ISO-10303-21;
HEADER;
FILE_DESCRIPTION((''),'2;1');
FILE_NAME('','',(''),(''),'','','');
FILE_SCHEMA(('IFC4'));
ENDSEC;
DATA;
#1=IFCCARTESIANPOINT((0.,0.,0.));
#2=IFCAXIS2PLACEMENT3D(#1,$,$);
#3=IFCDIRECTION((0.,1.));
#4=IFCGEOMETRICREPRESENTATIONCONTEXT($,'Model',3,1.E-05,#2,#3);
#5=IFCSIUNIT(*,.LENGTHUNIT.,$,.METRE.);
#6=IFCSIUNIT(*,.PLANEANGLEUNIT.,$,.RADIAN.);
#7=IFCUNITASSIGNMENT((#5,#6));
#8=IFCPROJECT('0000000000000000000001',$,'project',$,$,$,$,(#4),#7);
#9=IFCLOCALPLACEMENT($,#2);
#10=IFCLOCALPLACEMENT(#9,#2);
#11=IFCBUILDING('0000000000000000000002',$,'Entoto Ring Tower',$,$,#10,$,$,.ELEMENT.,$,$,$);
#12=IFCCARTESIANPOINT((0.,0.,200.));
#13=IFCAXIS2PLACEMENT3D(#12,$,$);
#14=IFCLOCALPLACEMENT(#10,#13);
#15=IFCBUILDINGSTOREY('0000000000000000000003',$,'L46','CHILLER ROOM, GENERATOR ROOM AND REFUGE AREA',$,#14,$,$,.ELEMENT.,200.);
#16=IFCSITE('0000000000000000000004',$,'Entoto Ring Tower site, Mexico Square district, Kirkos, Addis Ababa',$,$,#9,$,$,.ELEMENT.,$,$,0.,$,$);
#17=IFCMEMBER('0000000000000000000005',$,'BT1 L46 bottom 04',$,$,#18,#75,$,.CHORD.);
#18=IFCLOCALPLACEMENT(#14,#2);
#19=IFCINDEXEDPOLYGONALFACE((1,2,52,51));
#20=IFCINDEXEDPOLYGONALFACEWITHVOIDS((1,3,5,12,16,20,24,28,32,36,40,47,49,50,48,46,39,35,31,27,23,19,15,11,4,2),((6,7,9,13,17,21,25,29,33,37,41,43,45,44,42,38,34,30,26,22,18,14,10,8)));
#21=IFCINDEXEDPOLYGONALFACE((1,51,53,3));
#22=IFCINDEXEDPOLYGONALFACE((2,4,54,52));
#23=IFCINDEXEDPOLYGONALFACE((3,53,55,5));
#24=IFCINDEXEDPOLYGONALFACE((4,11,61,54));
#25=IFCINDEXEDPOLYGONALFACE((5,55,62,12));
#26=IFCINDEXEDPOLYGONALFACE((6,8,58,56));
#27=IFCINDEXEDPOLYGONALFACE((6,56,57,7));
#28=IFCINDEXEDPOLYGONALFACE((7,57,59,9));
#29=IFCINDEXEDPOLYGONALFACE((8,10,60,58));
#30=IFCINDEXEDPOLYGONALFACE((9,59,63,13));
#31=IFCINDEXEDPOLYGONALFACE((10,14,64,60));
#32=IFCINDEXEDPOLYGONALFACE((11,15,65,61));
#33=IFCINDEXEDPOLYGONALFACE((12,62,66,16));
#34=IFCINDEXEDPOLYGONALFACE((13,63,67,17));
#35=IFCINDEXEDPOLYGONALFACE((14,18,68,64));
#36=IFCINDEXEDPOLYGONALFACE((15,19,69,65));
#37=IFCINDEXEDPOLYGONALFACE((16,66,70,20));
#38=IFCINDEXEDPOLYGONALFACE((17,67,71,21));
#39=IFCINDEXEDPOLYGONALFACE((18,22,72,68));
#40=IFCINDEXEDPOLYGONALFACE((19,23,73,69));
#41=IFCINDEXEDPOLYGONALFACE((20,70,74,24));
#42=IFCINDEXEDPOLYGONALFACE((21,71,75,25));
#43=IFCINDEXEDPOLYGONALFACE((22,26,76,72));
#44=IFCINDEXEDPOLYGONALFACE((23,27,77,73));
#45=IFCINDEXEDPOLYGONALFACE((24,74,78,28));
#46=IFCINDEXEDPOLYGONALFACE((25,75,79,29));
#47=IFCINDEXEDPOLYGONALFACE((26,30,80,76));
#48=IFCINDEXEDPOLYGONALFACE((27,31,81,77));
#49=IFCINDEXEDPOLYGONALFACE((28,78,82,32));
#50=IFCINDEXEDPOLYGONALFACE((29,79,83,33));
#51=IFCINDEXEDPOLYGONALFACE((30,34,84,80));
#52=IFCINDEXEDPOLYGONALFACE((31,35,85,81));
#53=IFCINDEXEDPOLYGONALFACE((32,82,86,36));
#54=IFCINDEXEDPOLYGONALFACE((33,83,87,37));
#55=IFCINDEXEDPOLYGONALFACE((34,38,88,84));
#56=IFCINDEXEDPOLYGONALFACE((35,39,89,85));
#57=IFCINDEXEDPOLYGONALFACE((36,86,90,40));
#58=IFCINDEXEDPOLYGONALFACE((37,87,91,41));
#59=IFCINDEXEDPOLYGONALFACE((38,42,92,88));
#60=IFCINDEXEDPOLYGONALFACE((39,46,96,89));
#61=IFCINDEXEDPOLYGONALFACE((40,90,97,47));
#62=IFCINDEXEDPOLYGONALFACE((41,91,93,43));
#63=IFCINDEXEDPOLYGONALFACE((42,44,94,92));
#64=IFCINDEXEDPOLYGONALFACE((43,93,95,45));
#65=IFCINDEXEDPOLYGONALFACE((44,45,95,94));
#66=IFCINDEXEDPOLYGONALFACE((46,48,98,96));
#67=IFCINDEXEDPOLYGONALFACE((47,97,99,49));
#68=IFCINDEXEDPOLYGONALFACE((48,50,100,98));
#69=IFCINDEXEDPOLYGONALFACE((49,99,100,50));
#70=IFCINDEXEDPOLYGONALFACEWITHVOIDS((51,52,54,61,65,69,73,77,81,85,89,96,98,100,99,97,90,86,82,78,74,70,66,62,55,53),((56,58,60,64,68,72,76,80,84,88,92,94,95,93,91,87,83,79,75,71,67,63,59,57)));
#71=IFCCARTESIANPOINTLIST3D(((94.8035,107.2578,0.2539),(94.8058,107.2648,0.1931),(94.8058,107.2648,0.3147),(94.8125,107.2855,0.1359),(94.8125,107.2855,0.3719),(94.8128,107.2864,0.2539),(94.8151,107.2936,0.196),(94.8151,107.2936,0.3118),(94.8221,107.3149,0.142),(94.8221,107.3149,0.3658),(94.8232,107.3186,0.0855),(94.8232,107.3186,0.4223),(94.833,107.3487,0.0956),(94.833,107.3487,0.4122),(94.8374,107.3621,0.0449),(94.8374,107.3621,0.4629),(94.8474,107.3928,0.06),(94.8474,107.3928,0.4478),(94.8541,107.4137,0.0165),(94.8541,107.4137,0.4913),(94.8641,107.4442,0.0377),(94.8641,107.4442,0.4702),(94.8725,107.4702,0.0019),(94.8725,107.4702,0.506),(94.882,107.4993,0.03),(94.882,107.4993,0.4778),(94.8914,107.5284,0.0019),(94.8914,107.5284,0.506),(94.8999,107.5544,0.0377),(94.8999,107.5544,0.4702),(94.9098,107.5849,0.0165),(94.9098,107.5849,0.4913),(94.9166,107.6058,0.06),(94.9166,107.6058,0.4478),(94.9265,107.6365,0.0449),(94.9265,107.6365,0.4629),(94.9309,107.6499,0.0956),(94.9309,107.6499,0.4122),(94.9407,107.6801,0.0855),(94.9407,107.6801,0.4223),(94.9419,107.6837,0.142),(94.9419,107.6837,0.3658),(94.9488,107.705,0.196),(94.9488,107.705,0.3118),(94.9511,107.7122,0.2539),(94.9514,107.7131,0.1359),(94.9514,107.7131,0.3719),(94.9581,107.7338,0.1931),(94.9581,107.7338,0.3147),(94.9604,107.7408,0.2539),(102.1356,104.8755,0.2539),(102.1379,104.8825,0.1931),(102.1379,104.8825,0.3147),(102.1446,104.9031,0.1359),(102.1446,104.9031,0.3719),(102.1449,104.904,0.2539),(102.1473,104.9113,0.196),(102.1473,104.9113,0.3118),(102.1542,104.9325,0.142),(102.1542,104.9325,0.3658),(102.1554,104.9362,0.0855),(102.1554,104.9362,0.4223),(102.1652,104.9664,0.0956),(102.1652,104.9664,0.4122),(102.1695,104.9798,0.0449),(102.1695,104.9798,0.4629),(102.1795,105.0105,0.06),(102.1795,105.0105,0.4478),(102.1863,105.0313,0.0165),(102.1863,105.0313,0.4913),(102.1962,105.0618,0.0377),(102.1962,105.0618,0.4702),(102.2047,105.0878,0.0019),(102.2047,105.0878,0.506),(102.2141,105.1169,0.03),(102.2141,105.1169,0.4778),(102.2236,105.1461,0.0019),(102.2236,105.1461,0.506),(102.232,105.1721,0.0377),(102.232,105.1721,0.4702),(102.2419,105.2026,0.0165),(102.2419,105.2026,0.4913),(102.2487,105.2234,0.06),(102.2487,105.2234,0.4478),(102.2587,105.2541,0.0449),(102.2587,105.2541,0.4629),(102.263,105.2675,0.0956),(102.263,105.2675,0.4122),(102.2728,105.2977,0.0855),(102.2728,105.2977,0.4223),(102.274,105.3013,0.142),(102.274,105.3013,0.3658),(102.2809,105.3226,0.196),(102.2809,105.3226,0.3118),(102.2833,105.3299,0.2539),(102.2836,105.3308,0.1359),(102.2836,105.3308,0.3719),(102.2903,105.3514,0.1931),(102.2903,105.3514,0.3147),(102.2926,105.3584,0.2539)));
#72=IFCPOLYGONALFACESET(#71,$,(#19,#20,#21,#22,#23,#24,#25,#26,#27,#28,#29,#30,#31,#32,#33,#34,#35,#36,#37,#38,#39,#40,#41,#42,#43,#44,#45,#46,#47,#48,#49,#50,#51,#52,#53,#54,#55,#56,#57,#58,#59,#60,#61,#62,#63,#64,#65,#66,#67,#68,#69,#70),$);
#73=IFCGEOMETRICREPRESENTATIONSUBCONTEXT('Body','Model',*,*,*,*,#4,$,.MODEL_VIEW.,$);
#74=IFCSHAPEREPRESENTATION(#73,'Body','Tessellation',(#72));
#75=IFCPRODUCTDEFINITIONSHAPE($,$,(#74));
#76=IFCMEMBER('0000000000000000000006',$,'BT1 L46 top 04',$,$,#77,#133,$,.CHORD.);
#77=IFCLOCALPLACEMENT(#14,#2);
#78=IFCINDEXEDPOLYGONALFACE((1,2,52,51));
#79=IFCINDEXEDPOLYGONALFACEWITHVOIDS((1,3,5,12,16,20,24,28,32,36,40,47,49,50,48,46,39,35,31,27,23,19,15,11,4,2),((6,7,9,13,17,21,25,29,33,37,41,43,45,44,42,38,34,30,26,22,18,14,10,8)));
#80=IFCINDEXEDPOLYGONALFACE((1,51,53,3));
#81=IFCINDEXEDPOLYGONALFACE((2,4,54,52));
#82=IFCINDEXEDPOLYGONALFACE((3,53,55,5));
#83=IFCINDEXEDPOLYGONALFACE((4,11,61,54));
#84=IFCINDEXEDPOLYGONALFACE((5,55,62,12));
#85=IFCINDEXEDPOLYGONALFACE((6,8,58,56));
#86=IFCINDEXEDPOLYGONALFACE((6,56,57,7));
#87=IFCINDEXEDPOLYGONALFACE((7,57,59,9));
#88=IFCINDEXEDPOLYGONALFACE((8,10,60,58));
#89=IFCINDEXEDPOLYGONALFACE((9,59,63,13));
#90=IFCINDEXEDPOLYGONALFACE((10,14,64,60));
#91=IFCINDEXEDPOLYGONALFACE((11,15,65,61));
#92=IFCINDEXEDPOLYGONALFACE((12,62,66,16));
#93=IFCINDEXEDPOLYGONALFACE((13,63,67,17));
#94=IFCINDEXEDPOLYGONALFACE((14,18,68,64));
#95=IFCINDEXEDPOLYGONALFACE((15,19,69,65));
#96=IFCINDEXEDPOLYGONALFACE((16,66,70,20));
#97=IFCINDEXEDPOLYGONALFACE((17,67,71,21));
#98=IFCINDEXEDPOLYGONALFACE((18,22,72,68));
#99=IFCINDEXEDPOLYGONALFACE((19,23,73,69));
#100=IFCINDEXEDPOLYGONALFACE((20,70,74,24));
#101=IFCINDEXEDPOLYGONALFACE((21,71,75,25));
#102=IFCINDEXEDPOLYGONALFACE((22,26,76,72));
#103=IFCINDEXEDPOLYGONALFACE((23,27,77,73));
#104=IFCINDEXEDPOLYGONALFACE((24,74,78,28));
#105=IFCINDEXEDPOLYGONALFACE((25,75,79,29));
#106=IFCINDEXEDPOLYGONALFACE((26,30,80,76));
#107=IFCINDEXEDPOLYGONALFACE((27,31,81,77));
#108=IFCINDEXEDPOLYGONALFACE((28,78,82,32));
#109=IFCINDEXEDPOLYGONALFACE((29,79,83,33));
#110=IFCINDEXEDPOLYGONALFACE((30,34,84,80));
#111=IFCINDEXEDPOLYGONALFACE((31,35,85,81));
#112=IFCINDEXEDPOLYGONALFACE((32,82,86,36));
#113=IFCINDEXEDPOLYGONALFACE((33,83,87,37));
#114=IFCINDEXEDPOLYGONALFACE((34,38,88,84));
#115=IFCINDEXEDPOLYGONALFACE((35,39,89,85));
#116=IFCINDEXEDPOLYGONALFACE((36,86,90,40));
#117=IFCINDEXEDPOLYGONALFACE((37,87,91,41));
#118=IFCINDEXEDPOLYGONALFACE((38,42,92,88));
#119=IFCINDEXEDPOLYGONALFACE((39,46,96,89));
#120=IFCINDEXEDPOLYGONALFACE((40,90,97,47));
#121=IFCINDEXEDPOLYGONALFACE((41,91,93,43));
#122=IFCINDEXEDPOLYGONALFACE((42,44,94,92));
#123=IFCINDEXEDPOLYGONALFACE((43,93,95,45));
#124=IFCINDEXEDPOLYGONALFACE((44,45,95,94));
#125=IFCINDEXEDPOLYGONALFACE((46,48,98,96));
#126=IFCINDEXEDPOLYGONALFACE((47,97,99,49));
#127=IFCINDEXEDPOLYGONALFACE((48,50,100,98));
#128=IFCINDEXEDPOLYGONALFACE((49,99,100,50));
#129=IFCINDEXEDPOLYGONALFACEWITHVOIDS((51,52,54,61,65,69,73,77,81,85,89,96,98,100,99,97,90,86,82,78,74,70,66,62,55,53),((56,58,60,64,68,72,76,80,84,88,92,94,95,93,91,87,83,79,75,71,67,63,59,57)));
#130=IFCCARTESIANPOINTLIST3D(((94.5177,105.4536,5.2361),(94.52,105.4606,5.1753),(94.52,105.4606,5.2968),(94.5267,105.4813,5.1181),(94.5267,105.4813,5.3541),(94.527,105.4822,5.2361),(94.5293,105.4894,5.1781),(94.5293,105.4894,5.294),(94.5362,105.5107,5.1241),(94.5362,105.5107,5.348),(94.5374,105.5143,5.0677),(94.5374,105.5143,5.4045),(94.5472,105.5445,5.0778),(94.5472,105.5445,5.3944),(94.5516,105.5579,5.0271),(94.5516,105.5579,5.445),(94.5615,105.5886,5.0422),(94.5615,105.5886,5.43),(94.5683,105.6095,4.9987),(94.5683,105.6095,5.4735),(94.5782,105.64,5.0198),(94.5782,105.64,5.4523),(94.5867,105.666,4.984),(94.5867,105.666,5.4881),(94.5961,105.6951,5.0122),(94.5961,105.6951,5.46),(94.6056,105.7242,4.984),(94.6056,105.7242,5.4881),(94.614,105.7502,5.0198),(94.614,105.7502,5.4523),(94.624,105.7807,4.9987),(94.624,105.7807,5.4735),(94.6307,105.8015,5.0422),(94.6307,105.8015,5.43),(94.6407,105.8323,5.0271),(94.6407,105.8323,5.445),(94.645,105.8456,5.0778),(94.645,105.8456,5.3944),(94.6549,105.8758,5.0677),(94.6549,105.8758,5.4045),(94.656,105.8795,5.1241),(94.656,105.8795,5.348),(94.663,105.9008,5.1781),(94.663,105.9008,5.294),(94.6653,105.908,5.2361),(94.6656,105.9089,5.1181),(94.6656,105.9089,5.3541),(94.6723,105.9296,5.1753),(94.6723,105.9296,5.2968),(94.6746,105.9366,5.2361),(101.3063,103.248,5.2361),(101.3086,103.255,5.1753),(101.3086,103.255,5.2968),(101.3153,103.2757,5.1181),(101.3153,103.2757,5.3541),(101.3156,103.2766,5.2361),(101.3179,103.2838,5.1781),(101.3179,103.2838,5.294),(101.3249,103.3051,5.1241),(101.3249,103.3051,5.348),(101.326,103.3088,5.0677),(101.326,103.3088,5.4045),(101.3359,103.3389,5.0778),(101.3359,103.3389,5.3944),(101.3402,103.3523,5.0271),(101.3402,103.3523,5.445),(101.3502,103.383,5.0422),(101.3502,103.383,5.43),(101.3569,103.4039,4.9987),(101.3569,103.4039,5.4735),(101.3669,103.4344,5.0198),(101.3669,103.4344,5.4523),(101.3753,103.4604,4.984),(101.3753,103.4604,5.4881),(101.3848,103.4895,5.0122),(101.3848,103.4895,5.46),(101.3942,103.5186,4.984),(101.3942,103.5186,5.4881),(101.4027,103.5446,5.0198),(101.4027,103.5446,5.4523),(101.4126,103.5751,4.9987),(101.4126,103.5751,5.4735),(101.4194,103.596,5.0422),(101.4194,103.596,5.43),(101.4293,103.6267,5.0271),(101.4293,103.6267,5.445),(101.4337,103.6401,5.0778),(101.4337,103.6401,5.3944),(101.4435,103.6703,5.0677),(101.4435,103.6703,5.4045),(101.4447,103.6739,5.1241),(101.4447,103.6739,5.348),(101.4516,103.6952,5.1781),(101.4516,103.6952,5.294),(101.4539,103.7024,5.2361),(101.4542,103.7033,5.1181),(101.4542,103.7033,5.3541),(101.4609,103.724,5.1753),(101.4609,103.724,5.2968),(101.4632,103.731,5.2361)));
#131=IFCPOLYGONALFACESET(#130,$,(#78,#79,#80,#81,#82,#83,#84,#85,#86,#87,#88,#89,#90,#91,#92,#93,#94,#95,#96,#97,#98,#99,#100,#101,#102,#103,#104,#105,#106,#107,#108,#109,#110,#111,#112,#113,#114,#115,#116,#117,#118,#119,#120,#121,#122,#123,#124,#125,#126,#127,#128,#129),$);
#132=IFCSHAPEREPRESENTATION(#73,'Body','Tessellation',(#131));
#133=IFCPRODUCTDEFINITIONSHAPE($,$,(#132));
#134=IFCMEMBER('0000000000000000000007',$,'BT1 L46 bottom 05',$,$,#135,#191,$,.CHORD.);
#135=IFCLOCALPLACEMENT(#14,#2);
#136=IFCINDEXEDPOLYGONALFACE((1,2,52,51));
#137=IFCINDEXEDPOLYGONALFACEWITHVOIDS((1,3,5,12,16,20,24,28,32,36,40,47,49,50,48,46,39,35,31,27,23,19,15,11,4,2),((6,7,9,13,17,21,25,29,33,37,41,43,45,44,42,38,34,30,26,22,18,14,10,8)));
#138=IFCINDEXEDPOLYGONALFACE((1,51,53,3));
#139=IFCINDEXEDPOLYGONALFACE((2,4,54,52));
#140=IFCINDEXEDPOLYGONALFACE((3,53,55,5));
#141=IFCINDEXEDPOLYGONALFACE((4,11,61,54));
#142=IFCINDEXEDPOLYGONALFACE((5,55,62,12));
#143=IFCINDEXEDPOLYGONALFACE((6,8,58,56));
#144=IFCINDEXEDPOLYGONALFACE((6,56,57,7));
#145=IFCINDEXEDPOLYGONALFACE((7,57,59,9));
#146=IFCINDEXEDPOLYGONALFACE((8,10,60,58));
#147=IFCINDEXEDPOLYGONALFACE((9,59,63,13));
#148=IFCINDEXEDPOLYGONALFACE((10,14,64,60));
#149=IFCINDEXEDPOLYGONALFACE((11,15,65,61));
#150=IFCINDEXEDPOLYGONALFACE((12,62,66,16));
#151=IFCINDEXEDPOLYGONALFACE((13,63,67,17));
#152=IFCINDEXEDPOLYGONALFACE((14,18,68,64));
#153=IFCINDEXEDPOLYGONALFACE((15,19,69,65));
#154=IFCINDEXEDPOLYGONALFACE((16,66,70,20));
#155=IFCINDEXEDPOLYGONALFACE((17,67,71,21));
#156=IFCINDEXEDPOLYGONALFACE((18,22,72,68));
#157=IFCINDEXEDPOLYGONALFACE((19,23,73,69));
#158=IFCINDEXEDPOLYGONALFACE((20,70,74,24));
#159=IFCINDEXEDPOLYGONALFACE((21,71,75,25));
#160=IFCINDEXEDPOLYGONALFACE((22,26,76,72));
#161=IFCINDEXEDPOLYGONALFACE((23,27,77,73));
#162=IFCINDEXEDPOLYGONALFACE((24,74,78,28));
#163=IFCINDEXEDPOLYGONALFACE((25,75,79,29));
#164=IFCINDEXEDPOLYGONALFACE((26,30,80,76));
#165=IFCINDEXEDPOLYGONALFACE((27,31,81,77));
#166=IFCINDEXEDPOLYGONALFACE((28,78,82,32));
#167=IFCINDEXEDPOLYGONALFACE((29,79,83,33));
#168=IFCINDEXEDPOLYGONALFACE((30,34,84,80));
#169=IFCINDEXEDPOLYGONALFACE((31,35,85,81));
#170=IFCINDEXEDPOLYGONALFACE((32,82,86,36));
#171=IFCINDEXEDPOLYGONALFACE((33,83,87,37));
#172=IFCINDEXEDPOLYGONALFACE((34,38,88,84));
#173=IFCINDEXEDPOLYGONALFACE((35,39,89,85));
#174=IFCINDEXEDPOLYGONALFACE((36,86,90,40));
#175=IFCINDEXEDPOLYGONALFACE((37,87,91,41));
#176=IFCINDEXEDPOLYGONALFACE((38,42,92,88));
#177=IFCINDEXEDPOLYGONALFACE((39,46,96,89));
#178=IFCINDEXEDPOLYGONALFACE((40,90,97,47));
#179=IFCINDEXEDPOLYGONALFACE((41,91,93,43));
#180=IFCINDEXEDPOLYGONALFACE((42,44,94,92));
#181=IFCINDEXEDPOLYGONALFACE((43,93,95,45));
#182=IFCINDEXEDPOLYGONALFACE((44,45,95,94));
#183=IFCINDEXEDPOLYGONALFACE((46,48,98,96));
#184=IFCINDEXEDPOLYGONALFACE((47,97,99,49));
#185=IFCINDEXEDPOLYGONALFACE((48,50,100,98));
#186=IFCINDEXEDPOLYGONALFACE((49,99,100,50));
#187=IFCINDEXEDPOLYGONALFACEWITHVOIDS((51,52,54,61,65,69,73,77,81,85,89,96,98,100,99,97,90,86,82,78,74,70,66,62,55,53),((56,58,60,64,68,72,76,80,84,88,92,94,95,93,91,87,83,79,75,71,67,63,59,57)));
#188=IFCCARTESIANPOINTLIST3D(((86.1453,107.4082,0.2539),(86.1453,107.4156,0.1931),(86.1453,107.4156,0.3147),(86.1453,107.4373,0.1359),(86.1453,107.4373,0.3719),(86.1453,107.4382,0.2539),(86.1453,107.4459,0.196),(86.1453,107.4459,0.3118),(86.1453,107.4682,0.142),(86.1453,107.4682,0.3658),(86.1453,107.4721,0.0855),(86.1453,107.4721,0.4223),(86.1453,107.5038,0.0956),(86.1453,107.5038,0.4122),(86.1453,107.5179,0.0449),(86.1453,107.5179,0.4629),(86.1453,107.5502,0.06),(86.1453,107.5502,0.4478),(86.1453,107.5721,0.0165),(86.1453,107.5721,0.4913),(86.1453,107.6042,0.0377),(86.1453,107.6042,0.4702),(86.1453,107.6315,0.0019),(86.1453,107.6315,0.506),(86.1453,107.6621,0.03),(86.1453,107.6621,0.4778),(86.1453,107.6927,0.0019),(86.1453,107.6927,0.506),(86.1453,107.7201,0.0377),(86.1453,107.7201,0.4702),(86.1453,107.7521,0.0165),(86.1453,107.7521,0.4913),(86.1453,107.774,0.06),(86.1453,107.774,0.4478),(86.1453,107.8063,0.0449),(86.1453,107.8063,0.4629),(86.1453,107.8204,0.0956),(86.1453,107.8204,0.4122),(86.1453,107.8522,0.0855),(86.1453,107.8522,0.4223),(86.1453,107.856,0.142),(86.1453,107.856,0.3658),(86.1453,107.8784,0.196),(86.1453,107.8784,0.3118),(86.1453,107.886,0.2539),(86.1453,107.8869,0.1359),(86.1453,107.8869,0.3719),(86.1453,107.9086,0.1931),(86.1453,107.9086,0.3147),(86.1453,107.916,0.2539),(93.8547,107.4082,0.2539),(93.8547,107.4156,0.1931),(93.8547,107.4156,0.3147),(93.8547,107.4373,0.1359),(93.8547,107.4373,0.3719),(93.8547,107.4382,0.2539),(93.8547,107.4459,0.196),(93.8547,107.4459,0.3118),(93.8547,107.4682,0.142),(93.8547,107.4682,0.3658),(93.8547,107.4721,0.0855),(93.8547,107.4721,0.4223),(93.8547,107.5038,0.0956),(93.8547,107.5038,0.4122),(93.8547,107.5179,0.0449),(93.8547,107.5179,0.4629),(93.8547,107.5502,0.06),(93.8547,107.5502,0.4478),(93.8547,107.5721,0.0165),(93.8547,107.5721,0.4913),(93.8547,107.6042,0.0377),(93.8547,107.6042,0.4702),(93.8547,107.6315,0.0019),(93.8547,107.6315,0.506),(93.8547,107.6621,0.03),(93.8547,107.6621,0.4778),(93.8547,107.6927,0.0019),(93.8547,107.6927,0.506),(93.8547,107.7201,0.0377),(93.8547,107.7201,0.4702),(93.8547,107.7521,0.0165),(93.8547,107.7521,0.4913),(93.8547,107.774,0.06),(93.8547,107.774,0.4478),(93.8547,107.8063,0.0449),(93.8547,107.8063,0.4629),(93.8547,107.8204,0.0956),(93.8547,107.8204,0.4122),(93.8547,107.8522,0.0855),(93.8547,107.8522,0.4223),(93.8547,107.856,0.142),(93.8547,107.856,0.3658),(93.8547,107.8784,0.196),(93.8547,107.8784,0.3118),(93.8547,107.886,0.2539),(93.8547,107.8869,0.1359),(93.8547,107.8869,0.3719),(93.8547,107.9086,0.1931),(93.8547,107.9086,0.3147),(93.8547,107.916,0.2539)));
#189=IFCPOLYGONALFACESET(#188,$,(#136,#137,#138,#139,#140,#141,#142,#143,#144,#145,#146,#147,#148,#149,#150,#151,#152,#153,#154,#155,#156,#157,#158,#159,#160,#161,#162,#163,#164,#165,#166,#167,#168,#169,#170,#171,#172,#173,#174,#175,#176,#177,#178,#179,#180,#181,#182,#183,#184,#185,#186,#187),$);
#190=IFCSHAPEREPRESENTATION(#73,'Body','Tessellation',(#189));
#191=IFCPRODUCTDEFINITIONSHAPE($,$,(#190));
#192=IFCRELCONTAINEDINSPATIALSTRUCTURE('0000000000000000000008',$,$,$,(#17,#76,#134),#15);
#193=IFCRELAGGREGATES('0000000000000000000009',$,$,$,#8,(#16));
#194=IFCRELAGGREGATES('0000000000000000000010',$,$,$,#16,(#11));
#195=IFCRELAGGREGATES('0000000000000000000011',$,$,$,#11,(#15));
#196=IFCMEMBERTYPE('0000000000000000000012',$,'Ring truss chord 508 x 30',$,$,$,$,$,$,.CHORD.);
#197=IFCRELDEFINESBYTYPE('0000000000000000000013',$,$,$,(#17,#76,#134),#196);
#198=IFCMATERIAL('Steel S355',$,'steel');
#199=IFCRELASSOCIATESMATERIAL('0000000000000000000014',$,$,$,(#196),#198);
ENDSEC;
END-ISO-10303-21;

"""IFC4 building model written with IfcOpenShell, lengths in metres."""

from ifc_helpers import new_model, si_unit, direction, frame, origin, origin_2d, place, context, subcontext, project, spatial, circle, hollow_circle, extrude, material, material_profile, profile_set, type_object, element, save


model = new_model("IFC4")

# Units and contexts
model_context = context("Model", 3, precision=1e-05, world=origin(), true_north=direction((0.0, 1.0)))
body_context = subcontext(model_context, "Body", "Model", "MODEL_VIEW")
ifc_project = project(units=[si_unit("LENGTHUNIT", "METRE"), si_unit("PLANEANGLEUNIT", "RADIAN")], contexts=[model_context])

# Site, building, storey
site_placement = place(None, origin())
site = spatial("IfcSite", under=ifc_project, at=site_placement, Name="Entoto Ring Tower site, Mexico Square district, Kirkos, Addis Ababa", CompositionType="ELEMENT", RefElevation=0.0)
building_placement = place(site_placement, origin())
building = spatial("IfcBuilding", under=site, at=building_placement, Name="Entoto Ring Tower", CompositionType="ELEMENT")
storey_placement = place(building_placement, frame((0.0, 0.0, 200.0)))
storey = spatial("IfcBuildingStorey", under=building, at=storey_placement, Name="L46", Description="CHILLER ROOM, GENERATOR ROOM AND REFUGE AREA", CompositionType="ELEMENT", Elevation=200.0)

# Members
ifc_material_1 = material(Name="Steel S355", Category="steel")
ifc_material_profile_1 = material_profile(ifc_material_1, hollow_circle(Radius=0.2539, WallThickness=0.03, at=origin_2d()), Name="CHS 508 x 30")
ifc_material_2 = material(Name="Concrete C60/75", Category="concrete")
ifc_material_profile_2 = material_profile(ifc_material_2, circle(Radius=0.2241, at=origin_2d()), Name="Concrete C60/75 infill")
ifc_profile_set_1 = profile_set([ifc_material_profile_1, ifc_material_profile_2], Name="Steel S355")
member_type_1 = type_object("IfcMemberType", Name="Ring truss chord 508 x 30", PredefinedType="CHORD", material=ifc_profile_set_1)
member_1_placement = place(storey_placement, frame((102.2141, 105.1169, 0.2539), z_axis=(-0.951056, 0.309017, 0.0), x_axis=(-0.309017, -0.951056, 0.0)))
element("IfcMember", 1, at=member_1_placement, inside=storey, type_object=member_type_1, Name="BT1 L46 bottom 04", PredefinedType="CHORD", context=body_context, shape_type="SweptSolid", body=[
    extrude(hollow_circle(Radius=0.2539, WallThickness=0.03, at=origin_2d()), origin(), (0.0, 0.0, 1.0), 7.7095),
])
member_2_placement = place(storey_placement, frame((101.3848, 103.4895, 5.2361), z_axis=(-0.951064, 0.308995, 0.0), x_axis=(-0.308995, -0.951064, 0.0)))
element("IfcMember", 2, at=member_2_placement, inside=storey, type_object=member_type_1, Name="BT1 L46 top 04", PredefinedType="CHORD", context=body_context, shape_type="SweptSolid", body=[
    extrude(hollow_circle(Radius=0.2539, WallThickness=0.03, at=origin_2d()), origin(), (0.0, 0.0, 1.0), 7.1379),
])
member_3_placement = place(storey_placement, frame((93.8547, 107.6621, 0.2539), z_axis=(-1.0, 0.0, 0.0), x_axis=(0.0, -1.0, 0.0)))
element("IfcMember", 3, at=member_3_placement, inside=storey, type_object=member_type_1, Name="BT1 L46 bottom 05", PredefinedType="CHORD", context=body_context, shape_type="SweptSolid", body=[
    extrude(hollow_circle(Radius=0.2539, WallThickness=0.03, at=origin_2d()), origin(), (0.0, 0.0, 1.0), 7.7095),
])

save(model, "model.ifc")
